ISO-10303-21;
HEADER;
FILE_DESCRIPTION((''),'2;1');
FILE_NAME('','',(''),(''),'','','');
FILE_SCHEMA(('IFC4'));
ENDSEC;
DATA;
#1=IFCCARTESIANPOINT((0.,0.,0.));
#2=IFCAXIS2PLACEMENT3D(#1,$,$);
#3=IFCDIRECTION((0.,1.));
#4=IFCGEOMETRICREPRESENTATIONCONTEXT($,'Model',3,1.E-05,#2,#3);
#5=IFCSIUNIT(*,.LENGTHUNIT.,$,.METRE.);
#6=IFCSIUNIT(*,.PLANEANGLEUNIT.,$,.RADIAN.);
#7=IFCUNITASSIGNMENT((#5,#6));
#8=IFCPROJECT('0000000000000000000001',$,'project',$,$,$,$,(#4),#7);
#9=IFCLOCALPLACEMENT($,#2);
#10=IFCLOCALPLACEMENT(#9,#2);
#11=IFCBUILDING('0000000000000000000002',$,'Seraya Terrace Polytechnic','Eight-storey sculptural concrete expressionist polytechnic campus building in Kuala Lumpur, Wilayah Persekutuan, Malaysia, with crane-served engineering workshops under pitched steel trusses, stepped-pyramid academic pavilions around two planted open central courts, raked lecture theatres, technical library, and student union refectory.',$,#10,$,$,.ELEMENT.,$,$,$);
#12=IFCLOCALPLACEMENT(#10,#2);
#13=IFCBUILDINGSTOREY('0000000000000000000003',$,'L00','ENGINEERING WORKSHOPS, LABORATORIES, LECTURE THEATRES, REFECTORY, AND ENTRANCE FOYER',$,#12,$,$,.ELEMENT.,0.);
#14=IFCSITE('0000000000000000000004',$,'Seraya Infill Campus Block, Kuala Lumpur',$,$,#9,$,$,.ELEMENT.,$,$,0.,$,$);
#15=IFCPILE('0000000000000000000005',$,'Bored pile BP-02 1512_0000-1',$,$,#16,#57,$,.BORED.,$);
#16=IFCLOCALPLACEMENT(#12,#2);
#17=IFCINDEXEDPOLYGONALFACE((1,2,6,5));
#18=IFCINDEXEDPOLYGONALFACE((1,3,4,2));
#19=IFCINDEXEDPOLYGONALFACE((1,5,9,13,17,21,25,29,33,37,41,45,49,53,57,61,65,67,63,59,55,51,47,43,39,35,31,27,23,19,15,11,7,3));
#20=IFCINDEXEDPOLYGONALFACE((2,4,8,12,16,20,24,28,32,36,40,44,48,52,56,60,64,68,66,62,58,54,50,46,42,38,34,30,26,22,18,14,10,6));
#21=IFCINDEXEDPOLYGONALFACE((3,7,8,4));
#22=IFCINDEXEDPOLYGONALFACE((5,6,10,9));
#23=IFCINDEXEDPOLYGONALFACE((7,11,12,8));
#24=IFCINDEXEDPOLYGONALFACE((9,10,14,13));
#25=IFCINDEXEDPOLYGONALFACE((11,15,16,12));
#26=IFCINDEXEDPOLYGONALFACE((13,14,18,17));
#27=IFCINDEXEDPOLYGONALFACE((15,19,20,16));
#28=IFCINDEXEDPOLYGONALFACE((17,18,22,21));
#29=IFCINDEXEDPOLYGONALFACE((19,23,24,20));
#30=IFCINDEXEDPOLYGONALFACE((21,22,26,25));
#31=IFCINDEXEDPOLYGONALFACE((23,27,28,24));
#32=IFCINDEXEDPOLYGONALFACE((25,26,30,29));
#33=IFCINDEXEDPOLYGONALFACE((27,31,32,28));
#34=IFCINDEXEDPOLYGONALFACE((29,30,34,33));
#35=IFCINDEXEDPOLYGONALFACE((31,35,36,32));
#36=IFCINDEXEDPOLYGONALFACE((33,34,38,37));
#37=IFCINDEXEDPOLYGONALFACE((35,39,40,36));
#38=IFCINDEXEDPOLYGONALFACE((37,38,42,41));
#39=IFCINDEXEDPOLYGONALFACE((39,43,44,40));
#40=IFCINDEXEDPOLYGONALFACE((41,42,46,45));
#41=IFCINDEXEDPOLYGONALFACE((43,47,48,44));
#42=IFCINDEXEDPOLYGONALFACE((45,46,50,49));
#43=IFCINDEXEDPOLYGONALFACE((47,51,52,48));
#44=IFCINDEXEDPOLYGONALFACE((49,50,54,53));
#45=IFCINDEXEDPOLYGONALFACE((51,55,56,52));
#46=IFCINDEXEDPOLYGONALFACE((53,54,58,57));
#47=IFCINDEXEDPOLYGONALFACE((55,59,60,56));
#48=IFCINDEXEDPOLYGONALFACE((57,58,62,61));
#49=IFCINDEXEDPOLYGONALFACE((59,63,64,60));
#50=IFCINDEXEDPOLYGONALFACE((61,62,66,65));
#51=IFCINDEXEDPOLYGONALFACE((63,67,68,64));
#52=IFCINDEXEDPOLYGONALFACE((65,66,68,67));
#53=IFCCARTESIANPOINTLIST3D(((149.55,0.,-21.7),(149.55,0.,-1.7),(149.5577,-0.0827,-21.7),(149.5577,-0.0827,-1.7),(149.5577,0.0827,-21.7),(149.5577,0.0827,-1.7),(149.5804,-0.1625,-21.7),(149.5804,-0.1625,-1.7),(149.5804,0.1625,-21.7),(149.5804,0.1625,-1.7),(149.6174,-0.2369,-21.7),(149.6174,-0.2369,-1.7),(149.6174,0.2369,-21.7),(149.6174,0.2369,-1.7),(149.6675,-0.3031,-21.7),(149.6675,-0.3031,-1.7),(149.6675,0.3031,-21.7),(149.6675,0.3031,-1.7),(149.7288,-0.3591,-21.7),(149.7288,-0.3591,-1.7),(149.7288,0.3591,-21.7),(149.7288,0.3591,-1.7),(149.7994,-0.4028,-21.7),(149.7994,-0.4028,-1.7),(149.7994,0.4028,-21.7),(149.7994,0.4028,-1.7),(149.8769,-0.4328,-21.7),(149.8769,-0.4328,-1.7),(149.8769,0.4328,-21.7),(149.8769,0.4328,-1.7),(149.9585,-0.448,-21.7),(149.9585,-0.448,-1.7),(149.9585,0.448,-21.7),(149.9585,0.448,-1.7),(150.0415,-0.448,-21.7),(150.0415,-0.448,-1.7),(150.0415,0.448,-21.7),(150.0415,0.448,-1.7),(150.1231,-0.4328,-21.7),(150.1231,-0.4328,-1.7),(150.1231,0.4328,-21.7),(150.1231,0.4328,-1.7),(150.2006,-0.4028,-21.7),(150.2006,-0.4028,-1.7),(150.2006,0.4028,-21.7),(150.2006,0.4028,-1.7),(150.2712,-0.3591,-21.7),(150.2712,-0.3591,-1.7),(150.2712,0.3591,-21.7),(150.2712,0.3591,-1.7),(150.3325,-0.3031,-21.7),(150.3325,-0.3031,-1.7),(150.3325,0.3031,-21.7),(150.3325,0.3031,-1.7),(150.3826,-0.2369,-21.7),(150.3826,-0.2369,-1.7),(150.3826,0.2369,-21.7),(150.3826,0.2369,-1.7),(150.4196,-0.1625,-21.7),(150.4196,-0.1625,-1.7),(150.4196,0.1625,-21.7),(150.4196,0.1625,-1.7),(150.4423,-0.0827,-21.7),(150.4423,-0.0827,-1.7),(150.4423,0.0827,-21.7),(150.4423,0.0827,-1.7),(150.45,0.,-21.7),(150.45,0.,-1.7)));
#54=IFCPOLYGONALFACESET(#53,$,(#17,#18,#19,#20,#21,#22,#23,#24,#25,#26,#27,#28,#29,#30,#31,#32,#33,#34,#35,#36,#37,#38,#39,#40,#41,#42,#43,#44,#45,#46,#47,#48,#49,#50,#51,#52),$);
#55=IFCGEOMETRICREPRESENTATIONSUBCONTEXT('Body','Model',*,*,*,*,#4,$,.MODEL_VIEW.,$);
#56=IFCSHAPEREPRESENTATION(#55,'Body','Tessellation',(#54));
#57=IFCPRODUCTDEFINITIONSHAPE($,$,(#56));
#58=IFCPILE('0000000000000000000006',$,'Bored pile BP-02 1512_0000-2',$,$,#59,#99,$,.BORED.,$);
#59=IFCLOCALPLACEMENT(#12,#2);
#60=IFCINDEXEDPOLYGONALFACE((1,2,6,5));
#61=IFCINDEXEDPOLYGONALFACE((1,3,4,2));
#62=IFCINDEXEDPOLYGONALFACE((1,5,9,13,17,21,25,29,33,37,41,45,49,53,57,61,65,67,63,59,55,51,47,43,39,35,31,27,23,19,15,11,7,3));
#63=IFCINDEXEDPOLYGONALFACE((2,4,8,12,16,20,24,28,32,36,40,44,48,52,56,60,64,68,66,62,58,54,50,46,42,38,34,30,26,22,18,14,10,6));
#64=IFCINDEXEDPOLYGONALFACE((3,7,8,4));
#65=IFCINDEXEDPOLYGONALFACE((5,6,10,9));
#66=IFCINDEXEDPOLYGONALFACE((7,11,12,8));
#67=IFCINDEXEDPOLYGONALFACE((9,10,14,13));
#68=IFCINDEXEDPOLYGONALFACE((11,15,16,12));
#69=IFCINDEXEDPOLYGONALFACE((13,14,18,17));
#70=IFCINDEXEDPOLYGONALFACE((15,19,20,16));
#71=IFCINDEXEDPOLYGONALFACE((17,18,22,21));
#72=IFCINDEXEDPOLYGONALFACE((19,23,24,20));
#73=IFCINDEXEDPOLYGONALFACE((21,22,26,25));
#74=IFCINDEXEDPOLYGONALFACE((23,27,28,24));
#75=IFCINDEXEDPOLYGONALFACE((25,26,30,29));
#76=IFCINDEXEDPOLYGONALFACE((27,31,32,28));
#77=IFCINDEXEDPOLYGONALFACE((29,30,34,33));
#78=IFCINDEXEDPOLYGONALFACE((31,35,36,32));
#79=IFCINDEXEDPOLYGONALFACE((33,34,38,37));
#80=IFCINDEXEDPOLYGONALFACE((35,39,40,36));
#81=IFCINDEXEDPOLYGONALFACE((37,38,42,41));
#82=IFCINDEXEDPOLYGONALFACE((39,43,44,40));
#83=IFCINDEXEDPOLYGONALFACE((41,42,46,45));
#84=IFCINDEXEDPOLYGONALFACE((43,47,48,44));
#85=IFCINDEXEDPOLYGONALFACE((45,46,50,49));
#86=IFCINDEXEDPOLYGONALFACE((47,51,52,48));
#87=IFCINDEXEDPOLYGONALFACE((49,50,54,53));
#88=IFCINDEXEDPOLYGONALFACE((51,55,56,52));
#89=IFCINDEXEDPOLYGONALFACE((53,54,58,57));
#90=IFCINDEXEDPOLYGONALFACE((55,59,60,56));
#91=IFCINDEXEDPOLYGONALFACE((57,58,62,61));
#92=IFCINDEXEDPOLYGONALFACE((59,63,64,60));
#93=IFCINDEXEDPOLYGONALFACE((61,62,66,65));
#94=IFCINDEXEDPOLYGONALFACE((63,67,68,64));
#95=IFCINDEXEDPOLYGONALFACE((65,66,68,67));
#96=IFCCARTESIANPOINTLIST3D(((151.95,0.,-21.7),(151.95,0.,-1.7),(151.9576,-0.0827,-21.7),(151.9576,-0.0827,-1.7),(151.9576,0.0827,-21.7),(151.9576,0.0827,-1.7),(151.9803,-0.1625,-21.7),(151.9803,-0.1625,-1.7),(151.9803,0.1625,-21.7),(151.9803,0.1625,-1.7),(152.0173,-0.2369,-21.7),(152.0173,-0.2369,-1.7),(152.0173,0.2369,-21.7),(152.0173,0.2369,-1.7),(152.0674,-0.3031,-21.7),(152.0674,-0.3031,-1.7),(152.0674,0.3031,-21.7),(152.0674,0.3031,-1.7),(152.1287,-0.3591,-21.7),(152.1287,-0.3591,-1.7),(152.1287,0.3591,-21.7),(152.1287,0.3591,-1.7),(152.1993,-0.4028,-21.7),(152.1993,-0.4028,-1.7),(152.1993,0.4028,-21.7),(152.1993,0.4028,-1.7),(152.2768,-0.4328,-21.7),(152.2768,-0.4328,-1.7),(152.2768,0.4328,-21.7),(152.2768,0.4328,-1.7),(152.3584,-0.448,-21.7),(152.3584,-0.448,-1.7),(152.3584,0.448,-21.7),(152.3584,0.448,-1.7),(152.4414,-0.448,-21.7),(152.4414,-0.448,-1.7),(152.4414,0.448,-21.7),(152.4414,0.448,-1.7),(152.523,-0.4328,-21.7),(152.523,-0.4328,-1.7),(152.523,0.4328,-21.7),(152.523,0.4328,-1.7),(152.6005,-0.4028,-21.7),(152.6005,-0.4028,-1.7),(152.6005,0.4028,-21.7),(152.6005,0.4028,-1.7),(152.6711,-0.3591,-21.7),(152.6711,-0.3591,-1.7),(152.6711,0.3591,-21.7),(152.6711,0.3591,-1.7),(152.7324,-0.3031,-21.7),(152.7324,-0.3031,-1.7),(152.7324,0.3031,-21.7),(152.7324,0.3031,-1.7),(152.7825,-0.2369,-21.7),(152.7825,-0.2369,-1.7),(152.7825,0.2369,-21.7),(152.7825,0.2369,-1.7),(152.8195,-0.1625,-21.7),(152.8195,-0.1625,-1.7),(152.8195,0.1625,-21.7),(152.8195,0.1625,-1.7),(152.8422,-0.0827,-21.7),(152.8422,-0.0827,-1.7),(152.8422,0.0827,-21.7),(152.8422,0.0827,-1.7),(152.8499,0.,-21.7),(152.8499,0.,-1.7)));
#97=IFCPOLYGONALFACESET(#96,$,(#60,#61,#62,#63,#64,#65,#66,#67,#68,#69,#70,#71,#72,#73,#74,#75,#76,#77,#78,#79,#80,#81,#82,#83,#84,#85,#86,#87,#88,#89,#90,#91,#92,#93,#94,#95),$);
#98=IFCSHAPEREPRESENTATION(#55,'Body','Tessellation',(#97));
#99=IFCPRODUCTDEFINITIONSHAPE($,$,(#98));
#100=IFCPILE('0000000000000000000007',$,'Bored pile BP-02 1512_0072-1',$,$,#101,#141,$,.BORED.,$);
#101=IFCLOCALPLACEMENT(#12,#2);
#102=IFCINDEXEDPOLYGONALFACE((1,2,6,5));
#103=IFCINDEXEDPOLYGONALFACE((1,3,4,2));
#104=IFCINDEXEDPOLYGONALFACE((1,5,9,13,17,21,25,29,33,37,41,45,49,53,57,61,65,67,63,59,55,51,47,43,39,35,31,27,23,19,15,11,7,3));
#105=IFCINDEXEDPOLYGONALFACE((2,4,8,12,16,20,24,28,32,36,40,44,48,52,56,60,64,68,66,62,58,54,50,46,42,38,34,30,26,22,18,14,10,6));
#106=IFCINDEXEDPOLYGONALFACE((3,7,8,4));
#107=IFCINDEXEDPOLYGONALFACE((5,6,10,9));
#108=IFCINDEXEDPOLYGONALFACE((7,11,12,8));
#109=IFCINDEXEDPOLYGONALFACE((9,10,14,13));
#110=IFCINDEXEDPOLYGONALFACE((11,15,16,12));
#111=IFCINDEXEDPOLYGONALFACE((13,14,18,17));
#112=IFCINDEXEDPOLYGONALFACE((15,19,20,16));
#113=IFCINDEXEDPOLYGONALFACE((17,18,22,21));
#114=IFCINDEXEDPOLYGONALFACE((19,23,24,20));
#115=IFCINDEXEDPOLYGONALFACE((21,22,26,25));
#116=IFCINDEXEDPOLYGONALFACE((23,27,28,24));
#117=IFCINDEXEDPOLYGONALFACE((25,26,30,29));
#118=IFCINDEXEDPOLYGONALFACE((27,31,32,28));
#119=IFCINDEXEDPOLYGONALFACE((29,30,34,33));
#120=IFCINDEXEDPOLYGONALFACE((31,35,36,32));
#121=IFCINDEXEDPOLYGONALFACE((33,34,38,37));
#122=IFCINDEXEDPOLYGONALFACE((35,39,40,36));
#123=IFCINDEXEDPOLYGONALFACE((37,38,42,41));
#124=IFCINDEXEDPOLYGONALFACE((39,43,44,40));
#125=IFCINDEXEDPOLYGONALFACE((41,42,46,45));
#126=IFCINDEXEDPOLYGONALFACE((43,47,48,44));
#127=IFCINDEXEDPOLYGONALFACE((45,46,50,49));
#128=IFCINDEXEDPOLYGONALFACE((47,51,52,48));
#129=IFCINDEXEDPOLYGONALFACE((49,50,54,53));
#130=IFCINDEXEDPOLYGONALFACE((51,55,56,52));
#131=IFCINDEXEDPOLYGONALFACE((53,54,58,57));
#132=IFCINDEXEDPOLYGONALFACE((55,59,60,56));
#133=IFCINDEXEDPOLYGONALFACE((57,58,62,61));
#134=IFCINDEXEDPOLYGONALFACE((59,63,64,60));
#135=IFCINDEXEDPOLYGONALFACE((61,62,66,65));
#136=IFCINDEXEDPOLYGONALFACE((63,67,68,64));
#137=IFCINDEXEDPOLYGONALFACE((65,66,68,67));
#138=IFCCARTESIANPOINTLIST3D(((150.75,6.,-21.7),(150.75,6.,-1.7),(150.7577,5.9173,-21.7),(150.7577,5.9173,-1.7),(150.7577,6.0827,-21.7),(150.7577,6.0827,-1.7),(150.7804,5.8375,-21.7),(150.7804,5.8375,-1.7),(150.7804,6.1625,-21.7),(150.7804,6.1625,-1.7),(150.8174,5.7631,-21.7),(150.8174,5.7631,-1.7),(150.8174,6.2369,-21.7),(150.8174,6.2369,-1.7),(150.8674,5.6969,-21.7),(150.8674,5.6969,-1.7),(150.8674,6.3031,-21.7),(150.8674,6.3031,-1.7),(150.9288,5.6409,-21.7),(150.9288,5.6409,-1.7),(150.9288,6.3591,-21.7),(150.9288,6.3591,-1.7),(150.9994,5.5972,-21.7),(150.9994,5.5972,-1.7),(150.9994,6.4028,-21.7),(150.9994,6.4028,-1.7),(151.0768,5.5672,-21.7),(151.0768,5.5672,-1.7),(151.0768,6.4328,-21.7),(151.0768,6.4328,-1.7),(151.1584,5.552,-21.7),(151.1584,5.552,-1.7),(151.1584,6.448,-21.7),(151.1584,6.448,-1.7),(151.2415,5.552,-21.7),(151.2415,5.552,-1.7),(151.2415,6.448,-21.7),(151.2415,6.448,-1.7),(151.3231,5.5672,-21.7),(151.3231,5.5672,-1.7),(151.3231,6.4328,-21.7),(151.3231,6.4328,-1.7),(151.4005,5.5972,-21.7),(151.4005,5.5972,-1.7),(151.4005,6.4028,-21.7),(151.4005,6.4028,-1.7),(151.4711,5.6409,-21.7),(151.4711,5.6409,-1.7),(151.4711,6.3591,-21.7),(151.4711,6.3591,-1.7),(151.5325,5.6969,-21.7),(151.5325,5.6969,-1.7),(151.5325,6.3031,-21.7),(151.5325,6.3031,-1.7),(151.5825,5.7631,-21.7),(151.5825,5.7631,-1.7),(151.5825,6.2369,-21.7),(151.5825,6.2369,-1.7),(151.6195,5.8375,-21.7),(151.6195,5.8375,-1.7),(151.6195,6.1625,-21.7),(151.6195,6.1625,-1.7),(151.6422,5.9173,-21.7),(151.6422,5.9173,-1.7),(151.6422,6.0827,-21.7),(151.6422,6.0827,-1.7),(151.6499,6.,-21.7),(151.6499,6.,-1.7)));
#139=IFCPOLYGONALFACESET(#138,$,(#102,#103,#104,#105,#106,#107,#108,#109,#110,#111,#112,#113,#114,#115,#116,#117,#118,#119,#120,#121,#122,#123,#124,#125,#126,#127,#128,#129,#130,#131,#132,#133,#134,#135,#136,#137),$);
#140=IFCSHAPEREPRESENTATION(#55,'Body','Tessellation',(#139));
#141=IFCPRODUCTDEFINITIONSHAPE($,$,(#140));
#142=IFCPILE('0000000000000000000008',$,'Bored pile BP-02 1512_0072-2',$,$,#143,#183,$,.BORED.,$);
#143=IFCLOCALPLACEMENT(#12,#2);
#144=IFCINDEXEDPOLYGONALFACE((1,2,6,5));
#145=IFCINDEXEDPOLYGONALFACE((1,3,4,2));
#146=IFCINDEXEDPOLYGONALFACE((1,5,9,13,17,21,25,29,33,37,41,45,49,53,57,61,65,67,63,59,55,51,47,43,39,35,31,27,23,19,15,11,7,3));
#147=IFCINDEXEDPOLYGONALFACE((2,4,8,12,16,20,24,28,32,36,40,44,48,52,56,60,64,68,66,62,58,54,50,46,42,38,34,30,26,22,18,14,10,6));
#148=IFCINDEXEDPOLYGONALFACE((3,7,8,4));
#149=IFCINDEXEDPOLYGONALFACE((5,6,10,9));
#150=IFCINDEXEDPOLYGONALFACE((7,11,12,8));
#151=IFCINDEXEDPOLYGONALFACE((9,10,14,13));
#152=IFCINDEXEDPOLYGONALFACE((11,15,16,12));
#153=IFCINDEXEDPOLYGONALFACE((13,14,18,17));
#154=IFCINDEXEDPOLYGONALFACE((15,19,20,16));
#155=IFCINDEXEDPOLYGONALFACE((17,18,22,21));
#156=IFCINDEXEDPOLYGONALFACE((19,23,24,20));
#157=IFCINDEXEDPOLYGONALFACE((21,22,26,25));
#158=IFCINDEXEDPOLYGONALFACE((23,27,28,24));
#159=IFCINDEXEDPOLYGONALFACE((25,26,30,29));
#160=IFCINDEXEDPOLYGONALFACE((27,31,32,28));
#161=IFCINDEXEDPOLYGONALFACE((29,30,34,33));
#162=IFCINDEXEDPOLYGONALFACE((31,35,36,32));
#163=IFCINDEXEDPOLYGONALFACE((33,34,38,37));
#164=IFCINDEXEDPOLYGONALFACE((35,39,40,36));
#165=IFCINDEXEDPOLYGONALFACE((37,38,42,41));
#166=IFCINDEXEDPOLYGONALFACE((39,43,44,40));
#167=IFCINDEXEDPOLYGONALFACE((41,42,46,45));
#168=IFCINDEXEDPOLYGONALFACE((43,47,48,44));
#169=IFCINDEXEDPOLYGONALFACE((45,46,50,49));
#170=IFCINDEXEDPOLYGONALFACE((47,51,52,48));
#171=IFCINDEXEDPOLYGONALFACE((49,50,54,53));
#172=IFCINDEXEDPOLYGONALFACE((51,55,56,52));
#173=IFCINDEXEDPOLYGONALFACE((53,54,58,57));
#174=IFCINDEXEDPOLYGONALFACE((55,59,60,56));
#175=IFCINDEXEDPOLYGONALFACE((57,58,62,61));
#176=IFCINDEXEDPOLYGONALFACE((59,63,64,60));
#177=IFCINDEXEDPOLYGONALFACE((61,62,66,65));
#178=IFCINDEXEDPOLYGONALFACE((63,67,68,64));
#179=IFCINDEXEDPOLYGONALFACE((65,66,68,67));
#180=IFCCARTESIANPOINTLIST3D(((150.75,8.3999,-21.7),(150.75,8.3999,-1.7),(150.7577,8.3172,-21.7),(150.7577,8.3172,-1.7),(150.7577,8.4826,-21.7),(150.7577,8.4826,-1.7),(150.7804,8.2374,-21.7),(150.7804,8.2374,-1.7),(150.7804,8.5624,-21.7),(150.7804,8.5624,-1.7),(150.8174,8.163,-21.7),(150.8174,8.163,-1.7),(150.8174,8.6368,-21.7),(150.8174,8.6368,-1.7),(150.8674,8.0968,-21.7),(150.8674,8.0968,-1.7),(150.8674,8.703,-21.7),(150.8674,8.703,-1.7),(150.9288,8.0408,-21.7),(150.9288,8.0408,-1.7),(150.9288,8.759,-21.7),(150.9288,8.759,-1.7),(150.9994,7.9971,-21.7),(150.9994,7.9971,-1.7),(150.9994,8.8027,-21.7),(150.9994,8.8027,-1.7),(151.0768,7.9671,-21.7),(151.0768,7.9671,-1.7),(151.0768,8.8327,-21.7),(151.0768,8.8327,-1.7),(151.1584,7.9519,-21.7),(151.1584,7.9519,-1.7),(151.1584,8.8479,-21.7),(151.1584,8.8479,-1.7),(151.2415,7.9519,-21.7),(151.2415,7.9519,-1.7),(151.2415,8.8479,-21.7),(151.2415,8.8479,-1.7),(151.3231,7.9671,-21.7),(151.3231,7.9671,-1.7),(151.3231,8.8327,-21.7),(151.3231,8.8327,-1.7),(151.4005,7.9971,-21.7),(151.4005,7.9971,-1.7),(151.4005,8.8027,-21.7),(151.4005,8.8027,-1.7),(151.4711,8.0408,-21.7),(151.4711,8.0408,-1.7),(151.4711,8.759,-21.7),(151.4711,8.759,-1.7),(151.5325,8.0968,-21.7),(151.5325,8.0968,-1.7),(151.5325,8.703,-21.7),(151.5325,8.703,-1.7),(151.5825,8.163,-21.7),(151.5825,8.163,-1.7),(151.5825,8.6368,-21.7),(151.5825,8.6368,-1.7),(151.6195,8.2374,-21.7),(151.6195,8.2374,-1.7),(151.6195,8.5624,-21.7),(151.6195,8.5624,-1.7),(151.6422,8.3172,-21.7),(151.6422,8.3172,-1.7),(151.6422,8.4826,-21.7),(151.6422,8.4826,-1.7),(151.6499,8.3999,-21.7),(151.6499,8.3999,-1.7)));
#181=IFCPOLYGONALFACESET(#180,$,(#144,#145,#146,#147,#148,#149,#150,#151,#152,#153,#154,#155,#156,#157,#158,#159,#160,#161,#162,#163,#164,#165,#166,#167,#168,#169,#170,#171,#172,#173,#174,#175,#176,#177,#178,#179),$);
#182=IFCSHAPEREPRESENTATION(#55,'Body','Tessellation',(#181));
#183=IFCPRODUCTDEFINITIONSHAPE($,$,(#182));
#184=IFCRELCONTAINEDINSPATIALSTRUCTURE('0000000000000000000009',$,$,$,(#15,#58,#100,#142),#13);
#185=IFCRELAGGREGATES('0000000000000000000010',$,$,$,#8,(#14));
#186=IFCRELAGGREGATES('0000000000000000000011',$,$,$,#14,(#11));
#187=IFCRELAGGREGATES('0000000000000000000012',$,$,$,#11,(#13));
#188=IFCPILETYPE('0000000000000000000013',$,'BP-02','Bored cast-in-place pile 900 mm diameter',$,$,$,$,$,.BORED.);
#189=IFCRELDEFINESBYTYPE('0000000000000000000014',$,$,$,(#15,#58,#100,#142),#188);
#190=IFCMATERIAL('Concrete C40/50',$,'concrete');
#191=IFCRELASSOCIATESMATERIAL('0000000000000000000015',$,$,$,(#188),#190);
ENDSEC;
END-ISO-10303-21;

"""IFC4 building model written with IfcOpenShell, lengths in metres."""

from ifc_helpers import new_model, si_unit, direction, frame, origin, origin_2d, place, context, subcontext, project, spatial, circle, extrude, material, material_profile, profile_set, type_object, element, save


model = new_model("IFC4")

# Units and contexts
model_context = context("Model", 3, precision=1e-05, world=origin(), true_north=direction((0.0, 1.0)))
body_context = subcontext(model_context, "Body", "Model", "MODEL_VIEW")
ifc_project = project(units=[si_unit("LENGTHUNIT", "METRE"), si_unit("PLANEANGLEUNIT", "RADIAN")], contexts=[model_context])

# Site, building, storey
site_placement = place(None, origin())
site = spatial("IfcSite", under=ifc_project, at=site_placement, Name="Seraya Infill Campus Block, Kuala Lumpur", CompositionType="ELEMENT", RefElevation=0.0)
building_placement = place(site_placement, origin())
building = spatial("IfcBuilding", under=site, at=building_placement, Name="Seraya Terrace Polytechnic", Description="Eight-storey sculptural concrete expressionist polytechnic campus building in Kuala Lumpur, Wilayah Persekutuan, Malaysia, with crane-served engineering workshops under pitched steel trusses, stepped-pyramid academic pavilions around two planted open central courts, raked lecture theatres, technical library, and student union refectory.", CompositionType="ELEMENT")
storey_placement = place(building_placement, origin())
storey = spatial("IfcBuildingStorey", under=building, at=storey_placement, Name="L00", Description="ENGINEERING WORKSHOPS, LABORATORIES, LECTURE THEATRES, REFECTORY, AND ENTRANCE FOYER", CompositionType="ELEMENT", Elevation=0.0)

# Piles
ifc_material_1 = material(Name="Concrete C40/50", Category="concrete")
ifc_material_profile_1 = material_profile(ifc_material_1, circle(Radius=0.45, at=origin_2d()), Name="DIA 900")
ifc_profile_set_1 = profile_set([ifc_material_profile_1], Name="Concrete C40/50")
pile_type = type_object("IfcPileType", Name="BP-02", Description="Bored cast-in-place pile 900 mm diameter", PredefinedType="BORED", material=ifc_profile_set_1)
for number, where, z_axis, x_axis, name in (
    (1, (150.0, 0.0, -1.7), (0.0, 0.0, -1.0), (1.0, 0.0, 0.0), "Bored pile BP-02 1512_0000-1"),
    (2, (152.3999, 0.0, -1.7), (0.0, 0.0, -1.0), (1.0, 0.0, 0.0), "Bored pile BP-02 1512_0000-2"),
    (3, (151.2, 6.0, -1.7), (0.0, 0.0, -1.0), (1.0, 0.0, 0.0), "Bored pile BP-02 1512_0072-1"),
    (4, (151.2, 8.3999, -1.7), (0.0, 0.0, -1.0), (1.0, 0.0, 0.0), "Bored pile BP-02 1512_0072-2"),
):
    element("IfcPile", number, at=place(storey_placement, frame(where, z_axis=z_axis, x_axis=x_axis)), inside=storey, type_object=pile_type, Name=name, PredefinedType="BORED", context=body_context, shape_type="SweptSolid", body=[
        extrude(circle(Radius=0.45, at=origin_2d()), origin(), (0.0, 0.0, 1.0), 20.0),
    ])

save(model, "model.ifc")
